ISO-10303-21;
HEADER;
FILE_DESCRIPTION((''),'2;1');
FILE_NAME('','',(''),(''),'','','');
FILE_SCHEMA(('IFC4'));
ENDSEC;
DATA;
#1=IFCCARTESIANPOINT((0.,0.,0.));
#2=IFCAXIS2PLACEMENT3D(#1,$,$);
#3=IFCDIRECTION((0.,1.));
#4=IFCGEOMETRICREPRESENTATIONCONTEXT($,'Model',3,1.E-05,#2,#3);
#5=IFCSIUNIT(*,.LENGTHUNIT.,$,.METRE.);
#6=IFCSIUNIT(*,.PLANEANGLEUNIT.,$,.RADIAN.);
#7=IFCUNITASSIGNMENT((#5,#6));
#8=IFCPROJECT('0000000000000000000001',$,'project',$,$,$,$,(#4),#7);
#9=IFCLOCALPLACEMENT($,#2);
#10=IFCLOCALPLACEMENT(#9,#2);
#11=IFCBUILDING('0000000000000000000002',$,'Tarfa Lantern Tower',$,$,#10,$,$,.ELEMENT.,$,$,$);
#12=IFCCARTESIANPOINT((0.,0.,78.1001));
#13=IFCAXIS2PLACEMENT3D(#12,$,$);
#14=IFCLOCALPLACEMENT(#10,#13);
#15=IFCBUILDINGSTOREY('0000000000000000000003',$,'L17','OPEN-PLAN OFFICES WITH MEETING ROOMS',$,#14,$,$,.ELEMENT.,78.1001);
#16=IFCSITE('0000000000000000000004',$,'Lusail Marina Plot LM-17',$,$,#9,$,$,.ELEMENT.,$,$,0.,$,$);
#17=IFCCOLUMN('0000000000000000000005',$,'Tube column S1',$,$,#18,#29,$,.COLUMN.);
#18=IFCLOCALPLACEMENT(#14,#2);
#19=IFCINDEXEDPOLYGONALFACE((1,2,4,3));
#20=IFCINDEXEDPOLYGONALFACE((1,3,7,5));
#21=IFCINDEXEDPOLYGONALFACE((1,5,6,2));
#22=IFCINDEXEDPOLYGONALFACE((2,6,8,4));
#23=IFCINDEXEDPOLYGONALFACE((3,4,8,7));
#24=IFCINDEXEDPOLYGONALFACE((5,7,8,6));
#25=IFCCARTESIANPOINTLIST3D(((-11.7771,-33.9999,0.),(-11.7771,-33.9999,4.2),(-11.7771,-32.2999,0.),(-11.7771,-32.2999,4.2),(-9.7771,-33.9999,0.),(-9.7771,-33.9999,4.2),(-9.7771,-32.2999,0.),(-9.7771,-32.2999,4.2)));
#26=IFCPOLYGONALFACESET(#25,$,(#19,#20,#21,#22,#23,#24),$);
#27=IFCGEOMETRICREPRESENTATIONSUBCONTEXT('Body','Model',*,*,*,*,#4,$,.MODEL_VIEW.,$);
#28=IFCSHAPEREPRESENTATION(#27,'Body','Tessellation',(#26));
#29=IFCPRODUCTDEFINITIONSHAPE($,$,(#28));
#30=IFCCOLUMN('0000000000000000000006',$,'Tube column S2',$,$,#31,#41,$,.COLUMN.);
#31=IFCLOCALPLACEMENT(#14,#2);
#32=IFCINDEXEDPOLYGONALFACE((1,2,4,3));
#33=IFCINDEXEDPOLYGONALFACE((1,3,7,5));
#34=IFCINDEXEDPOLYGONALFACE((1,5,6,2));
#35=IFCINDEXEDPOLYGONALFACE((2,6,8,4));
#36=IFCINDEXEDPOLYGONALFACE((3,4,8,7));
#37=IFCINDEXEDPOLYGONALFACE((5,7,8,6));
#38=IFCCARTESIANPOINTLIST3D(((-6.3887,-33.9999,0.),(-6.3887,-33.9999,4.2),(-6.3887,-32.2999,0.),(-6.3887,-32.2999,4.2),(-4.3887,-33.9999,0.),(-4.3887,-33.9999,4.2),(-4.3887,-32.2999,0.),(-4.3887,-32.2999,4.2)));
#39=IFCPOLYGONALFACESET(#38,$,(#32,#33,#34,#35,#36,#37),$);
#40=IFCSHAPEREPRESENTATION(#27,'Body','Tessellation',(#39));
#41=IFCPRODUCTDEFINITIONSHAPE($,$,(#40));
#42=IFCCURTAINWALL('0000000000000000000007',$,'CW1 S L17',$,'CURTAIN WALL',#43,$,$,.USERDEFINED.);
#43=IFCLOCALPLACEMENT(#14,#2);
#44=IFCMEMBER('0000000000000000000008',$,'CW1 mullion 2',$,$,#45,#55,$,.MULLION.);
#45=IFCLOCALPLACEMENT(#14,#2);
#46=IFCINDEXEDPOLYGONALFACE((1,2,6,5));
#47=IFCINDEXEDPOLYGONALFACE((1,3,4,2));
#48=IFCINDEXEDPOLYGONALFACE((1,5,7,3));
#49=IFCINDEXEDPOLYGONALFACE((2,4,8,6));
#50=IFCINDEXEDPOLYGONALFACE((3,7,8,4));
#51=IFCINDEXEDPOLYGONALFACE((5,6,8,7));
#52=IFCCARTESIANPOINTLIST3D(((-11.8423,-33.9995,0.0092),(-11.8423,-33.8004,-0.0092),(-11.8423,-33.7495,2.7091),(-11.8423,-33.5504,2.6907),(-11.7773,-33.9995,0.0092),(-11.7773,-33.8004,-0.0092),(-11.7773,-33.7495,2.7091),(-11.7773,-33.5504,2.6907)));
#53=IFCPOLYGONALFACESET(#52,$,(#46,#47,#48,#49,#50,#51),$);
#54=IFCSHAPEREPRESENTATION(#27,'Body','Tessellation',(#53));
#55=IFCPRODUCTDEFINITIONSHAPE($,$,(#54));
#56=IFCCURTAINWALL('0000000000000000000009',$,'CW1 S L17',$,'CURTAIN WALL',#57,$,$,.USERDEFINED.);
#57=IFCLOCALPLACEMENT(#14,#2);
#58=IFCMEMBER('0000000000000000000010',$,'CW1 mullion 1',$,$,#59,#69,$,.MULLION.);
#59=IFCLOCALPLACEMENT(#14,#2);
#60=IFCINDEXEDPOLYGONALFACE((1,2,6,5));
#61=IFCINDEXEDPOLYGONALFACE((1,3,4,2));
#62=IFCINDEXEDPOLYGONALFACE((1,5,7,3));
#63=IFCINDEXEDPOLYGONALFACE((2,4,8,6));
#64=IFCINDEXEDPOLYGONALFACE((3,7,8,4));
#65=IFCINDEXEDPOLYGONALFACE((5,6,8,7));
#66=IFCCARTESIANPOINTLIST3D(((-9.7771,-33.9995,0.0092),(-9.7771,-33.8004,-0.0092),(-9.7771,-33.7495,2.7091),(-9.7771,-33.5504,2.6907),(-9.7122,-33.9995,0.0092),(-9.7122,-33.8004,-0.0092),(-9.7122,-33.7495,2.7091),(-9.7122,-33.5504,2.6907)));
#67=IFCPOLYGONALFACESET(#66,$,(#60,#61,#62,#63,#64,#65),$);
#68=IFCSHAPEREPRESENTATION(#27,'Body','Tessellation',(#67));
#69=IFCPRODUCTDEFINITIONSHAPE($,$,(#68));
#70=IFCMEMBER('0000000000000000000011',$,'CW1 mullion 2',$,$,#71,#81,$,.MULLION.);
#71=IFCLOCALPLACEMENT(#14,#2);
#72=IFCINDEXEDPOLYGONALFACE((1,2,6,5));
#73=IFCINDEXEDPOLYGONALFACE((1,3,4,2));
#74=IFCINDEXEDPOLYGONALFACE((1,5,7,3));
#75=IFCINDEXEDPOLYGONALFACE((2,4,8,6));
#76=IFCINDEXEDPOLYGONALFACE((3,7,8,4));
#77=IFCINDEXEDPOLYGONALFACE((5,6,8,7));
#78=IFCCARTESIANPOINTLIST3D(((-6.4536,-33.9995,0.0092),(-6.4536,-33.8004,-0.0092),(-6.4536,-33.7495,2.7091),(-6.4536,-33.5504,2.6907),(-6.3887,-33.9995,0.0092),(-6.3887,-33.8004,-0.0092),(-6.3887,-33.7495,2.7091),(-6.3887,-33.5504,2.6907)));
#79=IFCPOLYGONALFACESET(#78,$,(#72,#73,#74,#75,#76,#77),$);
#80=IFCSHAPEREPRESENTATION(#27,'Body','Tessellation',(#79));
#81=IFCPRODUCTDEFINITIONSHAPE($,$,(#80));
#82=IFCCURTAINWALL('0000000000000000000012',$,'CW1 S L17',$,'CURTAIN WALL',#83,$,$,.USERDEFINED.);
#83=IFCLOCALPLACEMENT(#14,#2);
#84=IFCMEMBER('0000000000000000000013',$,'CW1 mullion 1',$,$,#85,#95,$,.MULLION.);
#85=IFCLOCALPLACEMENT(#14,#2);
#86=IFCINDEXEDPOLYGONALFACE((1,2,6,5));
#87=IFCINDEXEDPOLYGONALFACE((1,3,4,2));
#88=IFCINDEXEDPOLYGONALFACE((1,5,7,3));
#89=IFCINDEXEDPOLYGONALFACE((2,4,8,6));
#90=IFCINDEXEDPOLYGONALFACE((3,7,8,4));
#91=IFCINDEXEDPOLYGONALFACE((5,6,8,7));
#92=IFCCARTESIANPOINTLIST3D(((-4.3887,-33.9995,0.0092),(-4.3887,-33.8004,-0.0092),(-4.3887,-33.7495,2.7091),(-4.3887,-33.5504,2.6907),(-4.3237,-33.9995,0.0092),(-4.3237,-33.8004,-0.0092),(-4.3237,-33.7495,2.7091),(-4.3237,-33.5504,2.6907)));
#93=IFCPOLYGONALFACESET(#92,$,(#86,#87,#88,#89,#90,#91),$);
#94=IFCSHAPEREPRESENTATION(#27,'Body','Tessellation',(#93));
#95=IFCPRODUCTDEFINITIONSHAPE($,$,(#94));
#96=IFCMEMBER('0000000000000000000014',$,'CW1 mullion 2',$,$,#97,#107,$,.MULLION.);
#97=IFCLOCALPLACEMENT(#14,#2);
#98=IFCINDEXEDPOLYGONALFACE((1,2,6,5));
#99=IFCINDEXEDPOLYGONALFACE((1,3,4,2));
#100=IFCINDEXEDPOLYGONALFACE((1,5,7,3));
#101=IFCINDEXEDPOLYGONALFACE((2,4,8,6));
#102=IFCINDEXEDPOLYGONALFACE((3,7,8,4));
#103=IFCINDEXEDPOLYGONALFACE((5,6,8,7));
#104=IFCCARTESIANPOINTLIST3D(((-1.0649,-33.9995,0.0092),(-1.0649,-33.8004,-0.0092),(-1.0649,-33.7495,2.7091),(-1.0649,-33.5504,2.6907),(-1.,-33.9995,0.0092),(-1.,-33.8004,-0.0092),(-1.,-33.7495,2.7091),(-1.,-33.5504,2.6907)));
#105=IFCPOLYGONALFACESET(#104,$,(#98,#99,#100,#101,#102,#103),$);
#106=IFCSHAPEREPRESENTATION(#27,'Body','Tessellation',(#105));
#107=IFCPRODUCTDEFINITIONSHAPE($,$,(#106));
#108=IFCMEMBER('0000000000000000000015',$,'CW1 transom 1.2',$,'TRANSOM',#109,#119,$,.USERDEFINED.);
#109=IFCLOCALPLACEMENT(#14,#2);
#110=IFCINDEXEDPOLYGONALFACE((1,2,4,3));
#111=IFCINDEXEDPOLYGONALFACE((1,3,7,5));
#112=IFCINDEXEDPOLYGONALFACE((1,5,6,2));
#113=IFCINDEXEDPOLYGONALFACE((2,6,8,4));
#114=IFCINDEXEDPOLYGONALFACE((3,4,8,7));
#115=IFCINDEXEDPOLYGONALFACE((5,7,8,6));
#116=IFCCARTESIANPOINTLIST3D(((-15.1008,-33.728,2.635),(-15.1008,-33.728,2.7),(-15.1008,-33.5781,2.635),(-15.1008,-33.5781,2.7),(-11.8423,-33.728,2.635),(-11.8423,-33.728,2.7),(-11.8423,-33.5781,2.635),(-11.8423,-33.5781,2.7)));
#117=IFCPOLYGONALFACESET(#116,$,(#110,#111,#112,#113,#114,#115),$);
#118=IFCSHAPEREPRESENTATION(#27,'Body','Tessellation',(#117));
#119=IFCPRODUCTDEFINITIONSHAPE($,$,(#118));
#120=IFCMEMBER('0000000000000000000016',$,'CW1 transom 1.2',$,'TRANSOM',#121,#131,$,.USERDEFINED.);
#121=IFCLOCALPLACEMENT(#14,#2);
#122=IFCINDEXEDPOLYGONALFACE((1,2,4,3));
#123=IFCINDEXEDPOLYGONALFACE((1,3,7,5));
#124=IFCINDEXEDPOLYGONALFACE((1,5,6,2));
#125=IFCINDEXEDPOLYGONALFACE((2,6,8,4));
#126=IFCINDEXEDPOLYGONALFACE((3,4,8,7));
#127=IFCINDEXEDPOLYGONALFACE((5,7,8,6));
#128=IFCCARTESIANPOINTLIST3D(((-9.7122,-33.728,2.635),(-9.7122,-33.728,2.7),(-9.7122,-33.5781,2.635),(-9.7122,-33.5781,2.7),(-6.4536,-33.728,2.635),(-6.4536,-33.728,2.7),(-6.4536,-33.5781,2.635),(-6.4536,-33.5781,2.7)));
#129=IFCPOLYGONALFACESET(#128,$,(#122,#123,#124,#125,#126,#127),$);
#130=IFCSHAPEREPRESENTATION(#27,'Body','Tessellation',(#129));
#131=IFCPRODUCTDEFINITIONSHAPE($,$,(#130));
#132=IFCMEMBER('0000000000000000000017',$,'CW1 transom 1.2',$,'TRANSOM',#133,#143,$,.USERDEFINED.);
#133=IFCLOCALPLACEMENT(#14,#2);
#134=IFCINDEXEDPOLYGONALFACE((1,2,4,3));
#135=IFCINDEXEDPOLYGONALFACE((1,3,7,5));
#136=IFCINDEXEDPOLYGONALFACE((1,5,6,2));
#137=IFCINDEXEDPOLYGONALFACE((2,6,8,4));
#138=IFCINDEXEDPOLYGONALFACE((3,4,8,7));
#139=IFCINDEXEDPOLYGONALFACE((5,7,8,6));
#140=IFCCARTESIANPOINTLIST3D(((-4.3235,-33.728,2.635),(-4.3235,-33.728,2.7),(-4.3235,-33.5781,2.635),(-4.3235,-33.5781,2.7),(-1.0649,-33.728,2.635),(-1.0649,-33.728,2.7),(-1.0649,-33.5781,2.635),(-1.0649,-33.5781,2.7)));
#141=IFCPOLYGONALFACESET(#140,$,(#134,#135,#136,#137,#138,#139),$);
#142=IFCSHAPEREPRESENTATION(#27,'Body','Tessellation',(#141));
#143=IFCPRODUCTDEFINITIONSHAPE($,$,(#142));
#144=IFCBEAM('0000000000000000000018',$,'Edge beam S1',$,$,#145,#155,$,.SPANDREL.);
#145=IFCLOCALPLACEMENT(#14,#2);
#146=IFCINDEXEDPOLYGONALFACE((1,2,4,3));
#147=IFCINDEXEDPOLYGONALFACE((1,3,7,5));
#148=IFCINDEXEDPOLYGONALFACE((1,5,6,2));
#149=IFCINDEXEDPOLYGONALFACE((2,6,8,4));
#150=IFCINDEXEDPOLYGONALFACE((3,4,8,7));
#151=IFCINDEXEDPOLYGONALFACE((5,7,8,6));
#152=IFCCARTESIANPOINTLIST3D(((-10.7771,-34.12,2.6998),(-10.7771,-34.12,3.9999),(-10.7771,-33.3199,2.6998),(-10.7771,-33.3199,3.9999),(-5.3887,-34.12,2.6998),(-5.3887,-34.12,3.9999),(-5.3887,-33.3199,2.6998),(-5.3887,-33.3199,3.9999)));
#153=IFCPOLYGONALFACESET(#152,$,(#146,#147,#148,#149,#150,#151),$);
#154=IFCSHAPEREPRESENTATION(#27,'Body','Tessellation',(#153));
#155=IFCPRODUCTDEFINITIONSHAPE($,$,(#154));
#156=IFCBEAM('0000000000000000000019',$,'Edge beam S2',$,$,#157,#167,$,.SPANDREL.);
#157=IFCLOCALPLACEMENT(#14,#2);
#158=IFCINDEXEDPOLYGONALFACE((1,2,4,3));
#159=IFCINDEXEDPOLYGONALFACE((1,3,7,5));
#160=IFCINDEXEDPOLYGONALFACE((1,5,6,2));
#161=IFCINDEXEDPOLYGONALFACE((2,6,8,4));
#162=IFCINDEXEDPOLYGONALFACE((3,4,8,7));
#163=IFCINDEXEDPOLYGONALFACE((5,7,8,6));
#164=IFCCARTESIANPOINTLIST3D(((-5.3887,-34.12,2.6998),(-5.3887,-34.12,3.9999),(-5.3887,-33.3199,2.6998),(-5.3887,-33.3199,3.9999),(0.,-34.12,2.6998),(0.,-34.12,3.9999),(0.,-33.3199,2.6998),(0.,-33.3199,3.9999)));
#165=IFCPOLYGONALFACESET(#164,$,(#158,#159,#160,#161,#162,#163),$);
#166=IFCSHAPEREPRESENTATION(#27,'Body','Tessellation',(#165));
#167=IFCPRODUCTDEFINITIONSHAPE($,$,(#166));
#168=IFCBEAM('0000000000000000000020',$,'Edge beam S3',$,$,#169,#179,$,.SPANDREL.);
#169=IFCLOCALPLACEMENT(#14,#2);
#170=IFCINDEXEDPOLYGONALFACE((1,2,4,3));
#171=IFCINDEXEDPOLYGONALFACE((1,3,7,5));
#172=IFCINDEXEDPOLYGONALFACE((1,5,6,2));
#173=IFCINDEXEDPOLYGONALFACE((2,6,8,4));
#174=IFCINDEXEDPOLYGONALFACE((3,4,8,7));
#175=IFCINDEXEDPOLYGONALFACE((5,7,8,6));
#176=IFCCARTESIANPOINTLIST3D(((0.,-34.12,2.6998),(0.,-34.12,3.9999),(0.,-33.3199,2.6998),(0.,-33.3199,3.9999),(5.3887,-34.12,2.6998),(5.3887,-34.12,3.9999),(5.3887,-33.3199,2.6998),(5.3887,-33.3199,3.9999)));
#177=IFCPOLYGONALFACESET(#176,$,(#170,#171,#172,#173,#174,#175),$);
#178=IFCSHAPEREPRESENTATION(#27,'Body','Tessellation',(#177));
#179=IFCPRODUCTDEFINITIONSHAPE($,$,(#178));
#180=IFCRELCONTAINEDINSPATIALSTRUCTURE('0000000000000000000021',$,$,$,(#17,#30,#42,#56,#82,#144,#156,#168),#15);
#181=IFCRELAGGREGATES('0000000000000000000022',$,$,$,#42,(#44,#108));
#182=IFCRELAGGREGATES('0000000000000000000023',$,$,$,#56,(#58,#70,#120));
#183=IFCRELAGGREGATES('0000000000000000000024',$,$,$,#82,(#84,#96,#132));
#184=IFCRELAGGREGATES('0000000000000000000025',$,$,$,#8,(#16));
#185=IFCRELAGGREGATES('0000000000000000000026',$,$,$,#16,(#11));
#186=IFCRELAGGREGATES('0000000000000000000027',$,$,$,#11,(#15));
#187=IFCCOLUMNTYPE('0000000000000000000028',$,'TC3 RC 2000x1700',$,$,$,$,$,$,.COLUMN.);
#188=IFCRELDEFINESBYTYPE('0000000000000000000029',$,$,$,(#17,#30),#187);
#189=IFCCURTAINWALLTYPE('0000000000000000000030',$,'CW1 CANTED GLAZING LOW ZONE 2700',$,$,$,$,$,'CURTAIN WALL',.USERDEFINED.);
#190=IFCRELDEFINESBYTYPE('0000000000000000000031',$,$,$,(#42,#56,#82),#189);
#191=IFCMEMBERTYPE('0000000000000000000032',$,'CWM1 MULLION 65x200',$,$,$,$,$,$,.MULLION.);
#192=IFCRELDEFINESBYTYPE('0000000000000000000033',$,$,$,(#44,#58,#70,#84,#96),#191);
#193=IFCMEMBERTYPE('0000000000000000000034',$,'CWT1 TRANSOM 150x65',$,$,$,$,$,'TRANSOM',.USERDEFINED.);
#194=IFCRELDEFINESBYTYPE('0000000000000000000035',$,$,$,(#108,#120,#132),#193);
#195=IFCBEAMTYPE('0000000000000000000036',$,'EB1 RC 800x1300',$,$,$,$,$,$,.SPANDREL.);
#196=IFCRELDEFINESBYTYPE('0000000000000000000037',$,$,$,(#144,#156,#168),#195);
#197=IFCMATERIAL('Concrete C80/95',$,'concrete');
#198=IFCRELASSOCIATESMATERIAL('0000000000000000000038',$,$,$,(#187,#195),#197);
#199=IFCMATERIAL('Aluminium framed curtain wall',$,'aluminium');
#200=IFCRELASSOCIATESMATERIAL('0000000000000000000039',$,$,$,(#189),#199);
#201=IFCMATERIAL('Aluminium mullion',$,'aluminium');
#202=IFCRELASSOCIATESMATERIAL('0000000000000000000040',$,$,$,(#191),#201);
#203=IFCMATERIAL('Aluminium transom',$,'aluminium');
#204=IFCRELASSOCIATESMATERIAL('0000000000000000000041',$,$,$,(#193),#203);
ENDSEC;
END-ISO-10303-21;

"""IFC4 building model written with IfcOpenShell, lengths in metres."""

from ifc_helpers import new_model, si_unit, direction, frame, origin, origin_2d, place, context, subcontext, project, spatial, rectangle, extrude, material, material_profile, profile_set, type_object, element, aggregate, save


model = new_model("IFC4")

# Units and contexts
model_context = context("Model", 3, precision=1e-05, world=origin(), true_north=direction((0.0, 1.0)))
body_context = subcontext(model_context, "Body", "Model", "MODEL_VIEW")
ifc_project = project(units=[si_unit("LENGTHUNIT", "METRE"), si_unit("PLANEANGLEUNIT", "RADIAN")], contexts=[model_context])

# Site, building, storey
site_placement = place(None, origin())
site = spatial("IfcSite", under=ifc_project, at=site_placement, Name="Lusail Marina Plot LM-17", CompositionType="ELEMENT", RefElevation=0.0)
building_placement = place(site_placement, origin())
building = spatial("IfcBuilding", under=site, at=building_placement, Name="Tarfa Lantern Tower", CompositionType="ELEMENT")
storey_placement = place(building_placement, frame((0.0, 0.0, 78.1001)))
storey = spatial("IfcBuildingStorey", under=building, at=storey_placement, Name="L17", Description="OPEN-PLAN OFFICES WITH MEETING ROOMS", CompositionType="ELEMENT", Elevation=78.1001)

# Columns
ifc_material_1 = material(Name="Concrete C80/95", Category="concrete")
ifc_material_profile_1 = material_profile(ifc_material_1, rectangle(XDim=2.0, YDim=1.7, at=origin_2d()), Name="RC 2000x1700")
ifc_profile_set_1 = profile_set([ifc_material_profile_1], Name="Concrete C80/95")
column_type = type_object("IfcColumnType", Name="TC3 RC 2000x1700", PredefinedType="COLUMN", material=ifc_profile_set_1)
for number, where, z_axis, x_axis, name in (
    (1, (-10.7771, -33.1499, 0.0), (0.0, 0.0, 1.0), (1.0, 0.0, 0.0), "Tube column S1"),
    (2, (-5.3887, -33.1499, 0.0), (0.0, 0.0, 1.0), (1.0, 0.0, 0.0), "Tube column S2"),
):
    element("IfcColumn", number, at=place(storey_placement, frame(where, z_axis=z_axis, x_axis=x_axis)), inside=storey, type_object=column_type, Name=name, PredefinedType="COLUMN", context=body_context, shape_type="SweptSolid", body=[
        extrude(rectangle(XDim=2.0, YDim=1.7, at=origin_2d()), origin(), (0.0, 0.0, 1.0), 4.2),
    ])

# Curtain wall, member
ifc_material_2 = material(Name="Aluminium framed curtain wall", Category="aluminium")
curtain_wall_type = type_object("IfcCurtainWallType", Name="CW1 CANTED GLAZING LOW ZONE 2700", ElementType="CURTAIN WALL", PredefinedType="USERDEFINED", material=ifc_material_2)
curtain_wall_1_placement = place(storey_placement, origin())
curtain_wall_1 = element("IfcCurtainWall", 3, at=curtain_wall_1_placement, inside=storey, type_object=curtain_wall_type, Name="CW1 S L17", ObjectType="CURTAIN WALL", PredefinedType="USERDEFINED")
ifc_material_3 = material(Name="Aluminium mullion", Category="aluminium")
ifc_material_profile_2 = material_profile(ifc_material_3, rectangle(XDim=0.0649, YDim=0.2, at=origin_2d()), Name="AL MULLION 65x200")
ifc_profile_set_2 = profile_set([ifc_material_profile_2], Name="Aluminium mullion")
member_type_1 = type_object("IfcMemberType", Name="CWM1 MULLION 65x200", PredefinedType="MULLION", material=ifc_profile_set_2)
member_1_placement = place(storey_placement, frame((-11.8098, -33.8999, 0.0), z_axis=(0.0, 0.0922, 0.995741), x_axis=(-1.0, 0.0, 0.0)))
member_1 = element("IfcMember", 4, at=member_1_placement, type_object=member_type_1, Name="CW1 mullion 2", PredefinedType="MULLION", context=body_context, shape_type="SweptSolid", body=[
    extrude(rectangle(XDim=0.0649, YDim=0.2, at=origin_2d()), origin(), (0.0, 0.0, 1.0), 2.7114),
])

# Curtain walls, members
curtain_wall_2_placement = place(storey_placement, origin())
curtain_wall_2 = element("IfcCurtainWall", 5, at=curtain_wall_2_placement, inside=storey, type_object=curtain_wall_type, Name="CW1 S L17", ObjectType="CURTAIN WALL", PredefinedType="USERDEFINED")
member_2_placement = place(storey_placement, frame((-9.7446, -33.8999, 0.0), z_axis=(0.0, 0.0922, 0.995741), x_axis=(-1.0, 0.0, 0.0)))
member_2 = element("IfcMember", 6, at=member_2_placement, type_object=member_type_1, Name="CW1 mullion 1", PredefinedType="MULLION", context=body_context, shape_type="SweptSolid", body=[
    extrude(rectangle(XDim=0.0649, YDim=0.2, at=origin_2d()), origin(), (0.0, 0.0, 1.0), 2.7114),
])
member_3_placement = place(storey_placement, frame((-6.4211, -33.8999, 0.0), z_axis=(0.0, 0.0922, 0.995741), x_axis=(-1.0, 0.0, 0.0)))
member_3 = element("IfcMember", 7, at=member_3_placement, type_object=member_type_1, Name="CW1 mullion 2", PredefinedType="MULLION", context=body_context, shape_type="SweptSolid", body=[
    extrude(rectangle(XDim=0.0649, YDim=0.2, at=origin_2d()), origin(), (0.0, 0.0, 1.0), 2.7114),
])
curtain_wall_3_placement = place(storey_placement, origin())
curtain_wall_3 = element("IfcCurtainWall", 8, at=curtain_wall_3_placement, inside=storey, type_object=curtain_wall_type, Name="CW1 S L17", ObjectType="CURTAIN WALL", PredefinedType="USERDEFINED")
member_4_placement = place(storey_placement, frame((-4.3562, -33.8999, 0.0), z_axis=(0.0, 0.0922, 0.995741), x_axis=(-1.0, 0.0, 0.0)))
member_4 = element("IfcMember", 9, at=member_4_placement, type_object=member_type_1, Name="CW1 mullion 1", PredefinedType="MULLION", context=body_context, shape_type="SweptSolid", body=[
    extrude(rectangle(XDim=0.0649, YDim=0.2, at=origin_2d()), origin(), (0.0, 0.0, 1.0), 2.7114),
])
member_5_placement = place(storey_placement, frame((-1.0325, -33.8999, 0.0), z_axis=(0.0, 0.0922, 0.995741), x_axis=(-1.0, 0.0, 0.0)))
member_5 = element("IfcMember", 10, at=member_5_placement, type_object=member_type_1, Name="CW1 mullion 2", PredefinedType="MULLION", context=body_context, shape_type="SweptSolid", body=[
    extrude(rectangle(XDim=0.0649, YDim=0.2, at=origin_2d()), origin(), (0.0, 0.0, 1.0), 2.7114),
])

# Members
ifc_material_4 = material(Name="Aluminium transom", Category="aluminium")
ifc_material_profile_3 = material_profile(ifc_material_4, rectangle(XDim=0.1499, YDim=0.0649, at=origin_2d()), Name="AL TRANSOM 150x65")
ifc_profile_set_3 = profile_set([ifc_material_profile_3], Name="Aluminium transom")
member_type_2 = type_object("IfcMemberType", Name="CWT1 TRANSOM 150x65", ElementType="TRANSOM", PredefinedType="USERDEFINED", material=ifc_profile_set_3)
member_6_placement = place(storey_placement, frame((-15.1008, -33.6531, 2.6675), z_axis=(1.0, 0.0, 0.0), x_axis=(0.0, 1.0, 0.0)))
member_6 = element("IfcMember", 11, at=member_6_placement, type_object=member_type_2, Name="CW1 transom 1.2", ObjectType="TRANSOM", PredefinedType="USERDEFINED", context=body_context, shape_type="SweptSolid", body=[
    extrude(rectangle(XDim=0.1499, YDim=0.0649, at=origin_2d()), origin(), (0.0, 0.0, 1.0), 3.2585),
])
aggregate(curtain_wall_1, [member_1, member_6])
member_7_placement = place(storey_placement, frame((-9.7122, -33.6531, 2.6675), z_axis=(1.0, 0.0, 0.0), x_axis=(0.0, 1.0, 0.0)))
member_7 = element("IfcMember", 12, at=member_7_placement, type_object=member_type_2, Name="CW1 transom 1.2", ObjectType="TRANSOM", PredefinedType="USERDEFINED", context=body_context, shape_type="SweptSolid", body=[
    extrude(rectangle(XDim=0.1499, YDim=0.0649, at=origin_2d()), origin(), (0.0, 0.0, 1.0), 3.2585),
])
member_8_placement = place(storey_placement, frame((-4.3235, -33.6531, 2.6675), z_axis=(1.0, 0.0, 0.0), x_axis=(0.0, 1.0, 0.0)))
member_8 = element("IfcMember", 13, at=member_8_placement, type_object=member_type_2, Name="CW1 transom 1.2", ObjectType="TRANSOM", PredefinedType="USERDEFINED", context=body_context, shape_type="SweptSolid", body=[
    extrude(rectangle(XDim=0.1499, YDim=0.0649, at=origin_2d()), origin(), (0.0, 0.0, 1.0), 3.2585),
])

# Beams
ifc_material_profile_4 = material_profile(ifc_material_1, rectangle(XDim=0.8, YDim=1.3, at=origin_2d()), Name="RC 800x1300")
ifc_profile_set_4 = profile_set([ifc_material_profile_4], Name="Concrete C80/95")
beam_type_1 = type_object("IfcBeamType", Name="EB1 RC 800x1300", PredefinedType="SPANDREL", material=ifc_profile_set_4)
beam_placement = place(storey_placement, frame((-10.7771, -33.72, 3.3499), z_axis=(1.0, 0.0, 0.0), x_axis=(0.0, 1.0, 0.0)))
element("IfcBeam", 14, at=beam_placement, inside=storey, type_object=beam_type_1, Name="Edge beam S1", PredefinedType="SPANDREL", context=body_context, shape_type="SweptSolid", body=[
    extrude(rectangle(XDim=0.8, YDim=1.3, at=origin_2d()), origin(), (0.0, 0.0, 1.0), 5.3884),
])
for number, where, z_axis, x_axis, name in (
    (15, (-5.3887, -33.72, 3.3499), (1.0, 0.0, 0.0), (0.0, 1.0, 0.0), "Edge beam S2"),
    (16, (0.0, -33.72, 3.3499), (1.0, 0.0, 0.0), (0.0, 1.0, 0.0), "Edge beam S3"),
):
    element("IfcBeam", number, at=place(storey_placement, frame(where, z_axis=z_axis, x_axis=x_axis)), inside=storey, type_object=beam_type_1, Name=name, PredefinedType="SPANDREL", context=body_context, shape_type="SweptSolid", body=[
        extrude(rectangle(XDim=0.8, YDim=1.3, at=origin_2d()), origin(), (0.0, 0.0, 1.0), 5.3887),
    ])

aggregate(curtain_wall_2, [member_2, member_3, member_7])
aggregate(curtain_wall_3, [member_4, member_5, member_8])

save(model, "model.ifc")
